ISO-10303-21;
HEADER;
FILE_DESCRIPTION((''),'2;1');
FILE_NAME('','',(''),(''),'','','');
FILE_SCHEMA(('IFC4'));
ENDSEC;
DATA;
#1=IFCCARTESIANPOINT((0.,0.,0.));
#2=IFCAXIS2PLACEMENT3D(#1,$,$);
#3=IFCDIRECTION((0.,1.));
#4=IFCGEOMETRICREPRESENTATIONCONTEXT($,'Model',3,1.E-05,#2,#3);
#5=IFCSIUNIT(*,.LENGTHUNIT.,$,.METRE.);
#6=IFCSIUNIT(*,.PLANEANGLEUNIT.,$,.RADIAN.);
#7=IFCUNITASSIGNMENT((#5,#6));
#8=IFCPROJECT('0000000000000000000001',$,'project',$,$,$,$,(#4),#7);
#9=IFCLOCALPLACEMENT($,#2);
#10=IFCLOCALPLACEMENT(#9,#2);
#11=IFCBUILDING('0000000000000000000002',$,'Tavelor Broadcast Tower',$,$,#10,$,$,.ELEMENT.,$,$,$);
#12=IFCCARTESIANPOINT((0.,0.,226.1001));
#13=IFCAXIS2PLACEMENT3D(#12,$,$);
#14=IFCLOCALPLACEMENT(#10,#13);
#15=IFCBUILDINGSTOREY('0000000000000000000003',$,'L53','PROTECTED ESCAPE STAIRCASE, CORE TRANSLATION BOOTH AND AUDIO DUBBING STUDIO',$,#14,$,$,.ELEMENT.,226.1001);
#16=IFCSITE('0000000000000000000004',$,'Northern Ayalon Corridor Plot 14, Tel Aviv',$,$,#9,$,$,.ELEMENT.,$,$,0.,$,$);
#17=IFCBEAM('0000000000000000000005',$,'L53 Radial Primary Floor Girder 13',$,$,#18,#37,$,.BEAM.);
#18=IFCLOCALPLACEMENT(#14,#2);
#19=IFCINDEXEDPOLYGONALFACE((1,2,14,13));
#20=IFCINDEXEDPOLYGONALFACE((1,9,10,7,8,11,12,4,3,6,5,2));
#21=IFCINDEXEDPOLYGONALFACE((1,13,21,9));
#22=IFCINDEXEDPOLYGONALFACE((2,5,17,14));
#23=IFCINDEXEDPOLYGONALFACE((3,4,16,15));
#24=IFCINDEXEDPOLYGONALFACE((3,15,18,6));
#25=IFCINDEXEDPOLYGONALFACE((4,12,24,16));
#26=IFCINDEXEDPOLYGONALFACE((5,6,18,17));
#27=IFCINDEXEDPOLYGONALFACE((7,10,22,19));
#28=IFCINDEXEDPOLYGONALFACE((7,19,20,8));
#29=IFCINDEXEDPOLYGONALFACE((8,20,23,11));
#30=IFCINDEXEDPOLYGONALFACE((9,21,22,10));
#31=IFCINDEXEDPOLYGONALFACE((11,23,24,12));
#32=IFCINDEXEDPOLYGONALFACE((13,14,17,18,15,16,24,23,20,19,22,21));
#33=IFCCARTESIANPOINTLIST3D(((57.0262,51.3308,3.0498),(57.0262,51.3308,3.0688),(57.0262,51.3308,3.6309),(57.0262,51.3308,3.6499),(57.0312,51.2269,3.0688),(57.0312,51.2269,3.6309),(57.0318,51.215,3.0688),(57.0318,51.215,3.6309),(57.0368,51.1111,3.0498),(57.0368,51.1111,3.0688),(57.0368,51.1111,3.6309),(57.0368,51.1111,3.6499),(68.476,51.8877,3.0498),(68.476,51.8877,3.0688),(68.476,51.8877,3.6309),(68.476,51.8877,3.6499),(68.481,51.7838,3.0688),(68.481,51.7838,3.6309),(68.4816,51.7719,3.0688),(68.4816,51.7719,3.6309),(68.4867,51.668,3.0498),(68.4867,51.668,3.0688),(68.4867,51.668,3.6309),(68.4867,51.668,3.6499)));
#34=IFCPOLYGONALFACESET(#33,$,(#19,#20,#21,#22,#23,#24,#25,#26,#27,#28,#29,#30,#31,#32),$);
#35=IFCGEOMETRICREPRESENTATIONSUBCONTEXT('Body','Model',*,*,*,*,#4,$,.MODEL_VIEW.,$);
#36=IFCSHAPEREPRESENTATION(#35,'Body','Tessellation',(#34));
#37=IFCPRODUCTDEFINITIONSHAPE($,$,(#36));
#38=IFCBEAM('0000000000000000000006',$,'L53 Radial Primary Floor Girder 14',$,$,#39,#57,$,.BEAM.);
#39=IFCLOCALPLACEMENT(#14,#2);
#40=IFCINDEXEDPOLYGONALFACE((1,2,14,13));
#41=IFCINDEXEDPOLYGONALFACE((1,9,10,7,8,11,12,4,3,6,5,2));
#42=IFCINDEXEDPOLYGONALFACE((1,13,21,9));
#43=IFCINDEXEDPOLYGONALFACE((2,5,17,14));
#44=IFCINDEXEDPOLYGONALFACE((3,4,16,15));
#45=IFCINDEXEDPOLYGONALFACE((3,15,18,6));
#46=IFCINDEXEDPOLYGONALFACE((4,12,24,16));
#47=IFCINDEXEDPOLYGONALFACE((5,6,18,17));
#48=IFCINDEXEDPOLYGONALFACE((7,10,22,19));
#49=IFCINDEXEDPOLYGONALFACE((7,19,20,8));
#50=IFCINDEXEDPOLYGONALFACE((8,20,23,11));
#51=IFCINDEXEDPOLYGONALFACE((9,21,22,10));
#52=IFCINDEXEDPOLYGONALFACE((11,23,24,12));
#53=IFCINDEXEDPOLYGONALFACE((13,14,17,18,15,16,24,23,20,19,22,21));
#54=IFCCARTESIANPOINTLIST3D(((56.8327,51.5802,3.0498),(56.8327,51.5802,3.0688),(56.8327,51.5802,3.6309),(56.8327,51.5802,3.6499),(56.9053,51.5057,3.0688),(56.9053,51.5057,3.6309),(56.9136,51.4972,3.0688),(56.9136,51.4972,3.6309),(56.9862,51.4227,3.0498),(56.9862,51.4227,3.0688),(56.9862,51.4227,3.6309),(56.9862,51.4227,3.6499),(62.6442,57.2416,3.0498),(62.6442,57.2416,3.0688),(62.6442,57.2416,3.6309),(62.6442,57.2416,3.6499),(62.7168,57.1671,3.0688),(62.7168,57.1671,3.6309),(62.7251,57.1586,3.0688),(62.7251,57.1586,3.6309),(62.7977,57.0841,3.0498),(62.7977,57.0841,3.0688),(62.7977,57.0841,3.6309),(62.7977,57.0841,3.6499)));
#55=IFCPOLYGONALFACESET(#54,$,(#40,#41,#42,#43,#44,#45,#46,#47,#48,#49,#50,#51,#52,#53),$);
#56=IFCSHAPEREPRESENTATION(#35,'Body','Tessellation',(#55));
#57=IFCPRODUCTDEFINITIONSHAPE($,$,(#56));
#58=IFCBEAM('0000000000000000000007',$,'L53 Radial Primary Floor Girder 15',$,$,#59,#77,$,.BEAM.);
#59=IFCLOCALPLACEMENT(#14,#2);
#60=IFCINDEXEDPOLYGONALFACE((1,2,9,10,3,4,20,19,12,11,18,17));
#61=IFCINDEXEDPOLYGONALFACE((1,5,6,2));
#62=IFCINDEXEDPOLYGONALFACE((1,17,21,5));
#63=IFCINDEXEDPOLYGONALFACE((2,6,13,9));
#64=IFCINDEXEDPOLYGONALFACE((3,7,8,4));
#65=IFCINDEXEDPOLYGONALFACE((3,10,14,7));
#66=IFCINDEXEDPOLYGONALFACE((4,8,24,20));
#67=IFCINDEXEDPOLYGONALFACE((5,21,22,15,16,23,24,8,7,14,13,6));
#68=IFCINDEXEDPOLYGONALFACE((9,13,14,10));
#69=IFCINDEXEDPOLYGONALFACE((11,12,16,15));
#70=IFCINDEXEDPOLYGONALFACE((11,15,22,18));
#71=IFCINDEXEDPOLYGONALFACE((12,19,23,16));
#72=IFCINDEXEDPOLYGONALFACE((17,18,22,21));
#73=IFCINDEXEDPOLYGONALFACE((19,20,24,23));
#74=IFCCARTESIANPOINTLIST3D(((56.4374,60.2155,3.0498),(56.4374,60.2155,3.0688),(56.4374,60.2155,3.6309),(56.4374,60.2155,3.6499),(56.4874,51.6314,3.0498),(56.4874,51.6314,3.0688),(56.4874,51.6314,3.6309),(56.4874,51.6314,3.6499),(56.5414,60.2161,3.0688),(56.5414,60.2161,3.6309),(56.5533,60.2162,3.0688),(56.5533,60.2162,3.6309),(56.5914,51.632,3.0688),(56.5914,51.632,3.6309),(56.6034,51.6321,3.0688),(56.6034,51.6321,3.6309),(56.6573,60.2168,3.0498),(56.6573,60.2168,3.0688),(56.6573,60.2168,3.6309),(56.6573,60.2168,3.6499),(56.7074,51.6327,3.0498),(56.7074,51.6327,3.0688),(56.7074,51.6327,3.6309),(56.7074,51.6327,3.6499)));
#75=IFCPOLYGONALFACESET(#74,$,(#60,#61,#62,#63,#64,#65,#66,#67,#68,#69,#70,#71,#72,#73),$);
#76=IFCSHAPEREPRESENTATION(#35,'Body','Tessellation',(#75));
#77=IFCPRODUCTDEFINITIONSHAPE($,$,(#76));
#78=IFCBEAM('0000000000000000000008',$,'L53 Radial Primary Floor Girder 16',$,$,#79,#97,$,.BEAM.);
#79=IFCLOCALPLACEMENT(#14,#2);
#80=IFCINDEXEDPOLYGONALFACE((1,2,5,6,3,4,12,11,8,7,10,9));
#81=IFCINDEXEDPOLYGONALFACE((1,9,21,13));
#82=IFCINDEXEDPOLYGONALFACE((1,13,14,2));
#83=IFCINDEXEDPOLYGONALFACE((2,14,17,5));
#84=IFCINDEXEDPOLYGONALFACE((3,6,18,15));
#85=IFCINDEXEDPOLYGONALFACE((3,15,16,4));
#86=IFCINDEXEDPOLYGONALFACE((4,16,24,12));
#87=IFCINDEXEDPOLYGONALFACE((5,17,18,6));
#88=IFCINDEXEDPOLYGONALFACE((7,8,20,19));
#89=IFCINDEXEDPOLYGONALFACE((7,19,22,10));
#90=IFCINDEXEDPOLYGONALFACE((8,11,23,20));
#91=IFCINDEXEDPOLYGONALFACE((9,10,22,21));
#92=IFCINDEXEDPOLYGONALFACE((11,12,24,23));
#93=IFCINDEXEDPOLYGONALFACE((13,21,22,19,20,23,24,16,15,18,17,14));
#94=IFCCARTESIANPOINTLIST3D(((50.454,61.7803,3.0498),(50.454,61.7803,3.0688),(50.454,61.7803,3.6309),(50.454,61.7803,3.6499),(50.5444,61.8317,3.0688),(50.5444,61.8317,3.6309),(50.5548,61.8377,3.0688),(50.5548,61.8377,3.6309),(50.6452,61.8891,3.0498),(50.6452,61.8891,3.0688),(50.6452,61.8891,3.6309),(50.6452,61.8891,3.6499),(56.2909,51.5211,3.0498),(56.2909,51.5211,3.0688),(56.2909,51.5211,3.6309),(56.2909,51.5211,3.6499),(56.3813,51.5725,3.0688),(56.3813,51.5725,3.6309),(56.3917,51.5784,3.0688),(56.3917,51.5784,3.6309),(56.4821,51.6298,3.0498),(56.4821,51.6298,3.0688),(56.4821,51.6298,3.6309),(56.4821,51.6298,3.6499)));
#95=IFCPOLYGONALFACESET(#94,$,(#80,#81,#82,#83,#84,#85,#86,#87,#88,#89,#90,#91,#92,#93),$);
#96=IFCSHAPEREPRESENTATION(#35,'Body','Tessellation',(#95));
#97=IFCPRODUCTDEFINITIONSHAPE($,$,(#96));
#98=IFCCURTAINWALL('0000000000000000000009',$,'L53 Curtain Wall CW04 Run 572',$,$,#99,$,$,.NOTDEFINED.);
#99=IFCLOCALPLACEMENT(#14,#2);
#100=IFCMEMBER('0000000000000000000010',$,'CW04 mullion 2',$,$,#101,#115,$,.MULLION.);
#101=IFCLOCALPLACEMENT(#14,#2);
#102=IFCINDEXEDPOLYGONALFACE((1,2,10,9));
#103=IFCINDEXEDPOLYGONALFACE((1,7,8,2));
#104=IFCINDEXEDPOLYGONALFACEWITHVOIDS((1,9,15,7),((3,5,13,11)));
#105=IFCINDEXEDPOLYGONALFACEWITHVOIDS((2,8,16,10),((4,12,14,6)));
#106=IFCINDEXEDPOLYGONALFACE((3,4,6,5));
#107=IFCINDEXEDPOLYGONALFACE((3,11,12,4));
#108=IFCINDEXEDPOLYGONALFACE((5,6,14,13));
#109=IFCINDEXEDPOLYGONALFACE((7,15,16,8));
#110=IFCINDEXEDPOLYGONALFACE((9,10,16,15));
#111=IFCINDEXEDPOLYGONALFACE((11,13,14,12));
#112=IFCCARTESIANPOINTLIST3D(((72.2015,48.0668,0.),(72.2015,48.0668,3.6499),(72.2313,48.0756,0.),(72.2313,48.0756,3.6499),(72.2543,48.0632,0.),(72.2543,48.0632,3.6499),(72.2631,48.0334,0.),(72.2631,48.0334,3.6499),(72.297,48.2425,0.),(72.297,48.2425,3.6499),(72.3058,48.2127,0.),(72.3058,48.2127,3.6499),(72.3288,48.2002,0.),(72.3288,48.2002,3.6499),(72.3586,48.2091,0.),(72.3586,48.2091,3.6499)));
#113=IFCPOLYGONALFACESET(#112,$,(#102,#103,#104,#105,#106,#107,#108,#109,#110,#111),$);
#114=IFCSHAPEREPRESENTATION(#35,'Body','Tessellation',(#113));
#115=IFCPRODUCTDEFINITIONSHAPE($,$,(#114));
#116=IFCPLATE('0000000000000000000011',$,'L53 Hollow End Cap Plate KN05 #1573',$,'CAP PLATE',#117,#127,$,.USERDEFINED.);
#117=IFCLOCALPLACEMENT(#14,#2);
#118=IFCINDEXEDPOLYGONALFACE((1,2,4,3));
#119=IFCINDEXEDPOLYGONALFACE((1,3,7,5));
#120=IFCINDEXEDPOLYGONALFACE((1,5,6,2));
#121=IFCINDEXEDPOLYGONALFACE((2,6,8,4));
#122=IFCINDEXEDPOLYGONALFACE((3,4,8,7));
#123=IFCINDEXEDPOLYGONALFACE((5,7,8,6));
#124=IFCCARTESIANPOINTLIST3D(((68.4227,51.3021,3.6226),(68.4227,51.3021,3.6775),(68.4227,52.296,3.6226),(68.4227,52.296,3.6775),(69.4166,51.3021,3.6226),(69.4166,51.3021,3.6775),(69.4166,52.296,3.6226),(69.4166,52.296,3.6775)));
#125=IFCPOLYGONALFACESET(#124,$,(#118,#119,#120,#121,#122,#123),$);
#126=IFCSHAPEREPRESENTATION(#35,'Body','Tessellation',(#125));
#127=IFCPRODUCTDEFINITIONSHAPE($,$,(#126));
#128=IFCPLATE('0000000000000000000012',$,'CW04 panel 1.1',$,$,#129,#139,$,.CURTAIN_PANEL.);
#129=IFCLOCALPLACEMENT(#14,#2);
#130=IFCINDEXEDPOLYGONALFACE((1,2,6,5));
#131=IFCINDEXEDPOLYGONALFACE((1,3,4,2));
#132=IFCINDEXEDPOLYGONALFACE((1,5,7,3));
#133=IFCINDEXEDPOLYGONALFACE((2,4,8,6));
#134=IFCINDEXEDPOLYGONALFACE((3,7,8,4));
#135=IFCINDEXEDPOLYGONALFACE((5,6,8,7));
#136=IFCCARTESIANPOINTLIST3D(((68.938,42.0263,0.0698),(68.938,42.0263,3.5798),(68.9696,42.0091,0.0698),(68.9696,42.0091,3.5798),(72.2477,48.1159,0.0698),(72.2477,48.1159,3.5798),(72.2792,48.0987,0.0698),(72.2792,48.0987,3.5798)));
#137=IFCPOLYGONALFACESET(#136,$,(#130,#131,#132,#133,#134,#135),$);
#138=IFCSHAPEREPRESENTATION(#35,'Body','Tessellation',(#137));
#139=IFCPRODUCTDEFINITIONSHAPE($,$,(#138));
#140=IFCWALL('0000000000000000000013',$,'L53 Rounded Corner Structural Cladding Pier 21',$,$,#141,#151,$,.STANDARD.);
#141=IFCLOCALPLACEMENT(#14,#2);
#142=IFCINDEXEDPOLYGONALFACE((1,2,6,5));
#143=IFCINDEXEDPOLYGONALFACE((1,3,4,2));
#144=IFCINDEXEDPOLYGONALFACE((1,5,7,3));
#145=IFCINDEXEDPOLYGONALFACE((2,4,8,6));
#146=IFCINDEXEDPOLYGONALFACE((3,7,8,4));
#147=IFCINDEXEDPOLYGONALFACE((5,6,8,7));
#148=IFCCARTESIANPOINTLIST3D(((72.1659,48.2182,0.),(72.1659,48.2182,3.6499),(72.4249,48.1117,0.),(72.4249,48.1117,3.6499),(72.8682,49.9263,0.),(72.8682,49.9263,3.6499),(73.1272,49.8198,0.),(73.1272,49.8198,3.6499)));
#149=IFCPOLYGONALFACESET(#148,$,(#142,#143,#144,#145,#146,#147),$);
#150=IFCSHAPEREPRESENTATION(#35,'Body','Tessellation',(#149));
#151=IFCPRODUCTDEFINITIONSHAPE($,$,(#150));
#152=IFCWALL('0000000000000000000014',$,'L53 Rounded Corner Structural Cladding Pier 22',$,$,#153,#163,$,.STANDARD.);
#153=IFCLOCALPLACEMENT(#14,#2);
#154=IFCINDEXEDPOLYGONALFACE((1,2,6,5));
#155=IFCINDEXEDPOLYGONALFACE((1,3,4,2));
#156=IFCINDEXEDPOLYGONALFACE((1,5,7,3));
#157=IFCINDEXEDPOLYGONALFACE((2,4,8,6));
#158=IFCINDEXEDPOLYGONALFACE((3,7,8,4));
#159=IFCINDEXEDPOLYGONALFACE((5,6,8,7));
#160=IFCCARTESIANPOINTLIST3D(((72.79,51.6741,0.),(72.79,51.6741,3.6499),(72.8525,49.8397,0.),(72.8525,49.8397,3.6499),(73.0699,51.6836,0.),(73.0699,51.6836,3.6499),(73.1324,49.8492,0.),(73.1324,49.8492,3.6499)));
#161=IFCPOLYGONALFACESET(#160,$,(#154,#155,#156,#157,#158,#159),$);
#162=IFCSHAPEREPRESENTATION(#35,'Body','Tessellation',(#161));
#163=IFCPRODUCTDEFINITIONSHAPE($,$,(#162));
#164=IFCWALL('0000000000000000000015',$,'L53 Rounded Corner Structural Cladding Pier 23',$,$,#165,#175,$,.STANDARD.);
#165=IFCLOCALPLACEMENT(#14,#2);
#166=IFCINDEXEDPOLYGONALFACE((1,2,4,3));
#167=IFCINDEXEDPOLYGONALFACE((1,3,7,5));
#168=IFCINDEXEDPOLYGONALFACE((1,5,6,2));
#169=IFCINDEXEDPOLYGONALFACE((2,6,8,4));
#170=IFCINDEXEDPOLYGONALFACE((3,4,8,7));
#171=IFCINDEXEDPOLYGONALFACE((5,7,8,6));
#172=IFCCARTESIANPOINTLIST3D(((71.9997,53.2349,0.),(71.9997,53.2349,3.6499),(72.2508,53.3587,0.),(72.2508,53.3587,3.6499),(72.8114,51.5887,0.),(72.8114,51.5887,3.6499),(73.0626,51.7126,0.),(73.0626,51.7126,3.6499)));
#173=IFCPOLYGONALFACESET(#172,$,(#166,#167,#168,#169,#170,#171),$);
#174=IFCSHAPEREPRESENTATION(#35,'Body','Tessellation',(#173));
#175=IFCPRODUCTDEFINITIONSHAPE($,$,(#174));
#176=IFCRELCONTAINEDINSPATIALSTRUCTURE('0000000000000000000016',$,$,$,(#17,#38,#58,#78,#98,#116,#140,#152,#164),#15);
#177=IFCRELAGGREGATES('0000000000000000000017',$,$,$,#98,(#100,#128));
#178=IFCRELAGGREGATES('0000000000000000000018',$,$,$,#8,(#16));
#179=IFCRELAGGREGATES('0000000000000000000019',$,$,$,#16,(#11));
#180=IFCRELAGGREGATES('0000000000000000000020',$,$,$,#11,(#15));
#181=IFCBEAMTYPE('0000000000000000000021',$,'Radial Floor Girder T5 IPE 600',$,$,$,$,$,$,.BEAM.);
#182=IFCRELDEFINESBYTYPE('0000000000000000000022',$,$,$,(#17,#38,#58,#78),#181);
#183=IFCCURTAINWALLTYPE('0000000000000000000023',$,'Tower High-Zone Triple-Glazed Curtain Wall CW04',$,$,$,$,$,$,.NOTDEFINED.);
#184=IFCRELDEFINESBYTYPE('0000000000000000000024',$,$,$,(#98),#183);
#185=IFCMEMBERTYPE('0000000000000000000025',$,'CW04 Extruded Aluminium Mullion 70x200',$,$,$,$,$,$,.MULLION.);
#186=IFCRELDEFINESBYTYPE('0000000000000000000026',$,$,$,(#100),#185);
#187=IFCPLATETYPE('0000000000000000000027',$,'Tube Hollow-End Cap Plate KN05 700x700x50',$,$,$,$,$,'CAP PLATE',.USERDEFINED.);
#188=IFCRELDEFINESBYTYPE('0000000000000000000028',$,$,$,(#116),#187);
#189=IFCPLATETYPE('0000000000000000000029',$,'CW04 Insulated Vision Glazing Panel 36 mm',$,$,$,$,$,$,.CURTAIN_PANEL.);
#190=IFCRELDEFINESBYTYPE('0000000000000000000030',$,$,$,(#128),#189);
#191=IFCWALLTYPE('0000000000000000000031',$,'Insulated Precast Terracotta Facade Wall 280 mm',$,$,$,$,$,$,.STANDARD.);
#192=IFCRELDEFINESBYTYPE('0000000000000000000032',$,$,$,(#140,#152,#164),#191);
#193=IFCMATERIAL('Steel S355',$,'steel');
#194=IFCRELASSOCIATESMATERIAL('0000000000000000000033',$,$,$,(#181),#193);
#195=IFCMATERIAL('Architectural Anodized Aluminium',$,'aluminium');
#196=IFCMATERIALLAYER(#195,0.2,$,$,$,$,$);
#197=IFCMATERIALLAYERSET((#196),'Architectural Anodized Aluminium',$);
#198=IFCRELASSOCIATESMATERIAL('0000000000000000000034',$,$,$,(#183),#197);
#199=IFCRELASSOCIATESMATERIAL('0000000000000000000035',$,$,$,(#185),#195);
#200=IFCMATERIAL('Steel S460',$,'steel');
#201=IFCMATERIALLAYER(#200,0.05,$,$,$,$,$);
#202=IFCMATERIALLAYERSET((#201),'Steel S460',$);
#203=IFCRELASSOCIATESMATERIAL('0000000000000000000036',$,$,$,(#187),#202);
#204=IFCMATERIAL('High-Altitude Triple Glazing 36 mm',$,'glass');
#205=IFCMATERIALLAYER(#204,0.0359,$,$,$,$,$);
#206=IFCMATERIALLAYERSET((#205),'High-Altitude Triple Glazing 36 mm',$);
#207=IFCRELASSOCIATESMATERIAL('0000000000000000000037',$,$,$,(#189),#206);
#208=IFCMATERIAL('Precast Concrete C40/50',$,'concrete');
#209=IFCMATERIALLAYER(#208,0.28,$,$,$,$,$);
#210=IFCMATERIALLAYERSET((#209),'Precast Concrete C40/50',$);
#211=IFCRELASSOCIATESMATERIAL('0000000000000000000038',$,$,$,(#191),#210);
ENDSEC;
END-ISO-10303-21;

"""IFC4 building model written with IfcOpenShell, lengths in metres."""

from ifc_helpers import new_model, si_unit, direction, frame, frame_2d, origin, origin_2d, place, context, subcontext, project, spatial, rectangle, hollow_rectangle, i_section, extrude, source, transform, mapped, material, layer, layer_set, material_profile, profile_set, type_object, type_shapes, element, aggregate, save


model = new_model("IFC4")

# Units and contexts
model_context = context("Model", 3, precision=1e-05, world=origin(), true_north=direction((0.0, 1.0)))
body_context = subcontext(model_context, "Body", "Model", "MODEL_VIEW")
ifc_project = project(units=[si_unit("LENGTHUNIT", "METRE"), si_unit("PLANEANGLEUNIT", "RADIAN")], contexts=[model_context])

# Site, building, storey
site_placement = place(None, origin())
site = spatial("IfcSite", under=ifc_project, at=site_placement, Name="Northern Ayalon Corridor Plot 14, Tel Aviv", CompositionType="ELEMENT", RefElevation=0.0)
building_placement = place(site_placement, origin())
building = spatial("IfcBuilding", under=site, at=building_placement, Name="Tavelor Broadcast Tower", CompositionType="ELEMENT")
storey_placement = place(building_placement, frame((0.0, 0.0, 226.1001)))
storey = spatial("IfcBuildingStorey", under=building, at=storey_placement, Name="L53", Description="PROTECTED ESCAPE STAIRCASE, CORE TRANSLATION BOOTH AND AUDIO DUBBING STUDIO", CompositionType="ELEMENT", Elevation=226.1001)

# Shared definitions
ifc_material_1 = material(Name="Steel S460", Category="steel")

# Shared definitions
ifc_material_2 = material(Name="Steel S355", Category="steel")

# Beams
ifc_material_profile_1 = material_profile(ifc_material_2, i_section(OverallWidth=0.22, OverallDepth=0.6001, WebThickness=0.012, FlangeThickness=0.019, at=origin_2d()), Name="IPE 600")
ifc_profile_set_1 = profile_set([ifc_material_profile_1], Name="Steel S355")
beam_type_1 = type_object("IfcBeamType", Name="Radial Floor Girder T5 IPE 600", PredefinedType="BEAM", material=ifc_profile_set_1)
beam_1_placement = place(storey_placement, frame((57.0315, 51.2209, 3.3499), z_axis=(0.998819, 0.048579, 0.0), x_axis=(-0.048579, 0.998819, 0.0)))
element("IfcBeam", 1, at=beam_1_placement, inside=storey, type_object=beam_type_1, Name="L53 Radial Primary Floor Girder 13", PredefinedType="BEAM", context=body_context, shape_type="SweptSolid", body=[
    extrude(i_section(OverallWidth=0.22, OverallDepth=0.6001, WebThickness=0.012, FlangeThickness=0.019, at=origin_2d()), origin(), (0.0, 0.0, 1.0), 11.4634),
])
beam_2_placement = place(storey_placement, frame((56.9094, 51.5015, 3.3499), z_axis=(0.716299, 0.697793, 0.0), x_axis=(-0.697793, 0.716299, 0.0)))
element("IfcBeam", 2, at=beam_2_placement, inside=storey, type_object=beam_type_1, Name="L53 Radial Primary Floor Girder 14", PredefinedType="BEAM", context=body_context, shape_type="SweptSolid", body=[
    extrude(i_section(OverallWidth=0.22, OverallDepth=0.6001, WebThickness=0.012, FlangeThickness=0.019, at=origin_2d()), origin(), (0.0, 0.0, 1.0), 8.1133),
])
beam_3_placement = place(storey_placement, frame((56.5974, 51.6321, 3.3499), z_axis=(-0.00583, 0.999983, 0.0), x_axis=(-0.999983, -0.00583, 0.0)))
element("IfcBeam", 3, at=beam_3_placement, inside=storey, type_object=beam_type_1, Name="L53 Radial Primary Floor Girder 15", PredefinedType="BEAM", context=body_context, shape_type="SweptSolid", body=[
    extrude(i_section(OverallWidth=0.22, OverallDepth=0.6001, WebThickness=0.012, FlangeThickness=0.019, at=origin_2d()), origin(), (0.0, 0.0, 1.0), 8.5842),
])
beam_4_placement = place(storey_placement, frame((56.3865, 51.5754, 3.3499), z_axis=(-0.494508, 0.869173, 0.0), x_axis=(-0.869173, -0.494508, 0.0)))
element("IfcBeam", 4, at=beam_4_placement, inside=storey, type_object=beam_type_1, Name="L53 Radial Primary Floor Girder 16", PredefinedType="BEAM", context=body_context, shape_type="SweptSolid", body=[
    extrude(i_section(OverallWidth=0.22, OverallDepth=0.6001, WebThickness=0.012, FlangeThickness=0.019, at=origin_2d()), origin(), (0.0, 0.0, 1.0), 11.8035),
])

# Curtain wall, member
ifc_material_3 = material(Name="Architectural Anodized Aluminium", Category="aluminium")
ifc_layer_1 = layer(ifc_material_3, 0.2)
ifc_layer_set_1 = layer_set([ifc_layer_1], Name="Architectural Anodized Aluminium")
curtain_wall_type = type_object("IfcCurtainWallType", Name="Tower High-Zone Triple-Glazed Curtain Wall CW04", PredefinedType="NOTDEFINED", material=ifc_layer_set_1)
curtain_wall_placement = place(storey_placement, origin())
curtain_wall = element("IfcCurtainWall", 5, at=curtain_wall_placement, inside=storey, type_object=curtain_wall_type, Name="L53 Curtain Wall CW04 Run 572", PredefinedType="NOTDEFINED")
ifc_material_profile_2 = material_profile(ifc_material_3, hollow_rectangle(XDim=0.0701, YDim=0.2, WallThickness=0.022, at=origin_2d()), Name="RHS 70x200x22")
ifc_profile_set_2 = profile_set([ifc_material_profile_2], Name="Architectural Anodized Aluminium")
member_type_1 = type_object("IfcMemberType", Name="CW04 Extruded Aluminium Mullion 70x200", PredefinedType="MULLION", material=ifc_profile_set_2)
shared_shape_1 = source(origin(), body_context, "Body", "SweptSolid", [
    extrude(hollow_rectangle(XDim=0.0701, YDim=0.2, WallThickness=0.022, at=origin_2d()), origin(), (0.0, 0.0, 1.0), 3.6499),
])
type_shapes(member_type_1, [shared_shape_1])
member_1_placement = place(storey_placement, frame((72.28, 48.1379, 0.0), z_axis=(0.0, 0.0, 1.0), x_axis=(-0.878619, 0.477523, 0.0)))
member_1 = element("IfcMember", 6, at=member_1_placement, type_object=member_type_1, Name="CW04 mullion 2", PredefinedType="MULLION", context=body_context, shape_type="MappedRepresentation", body=[
    mapped(shared_shape_1, transform((0.0, 0.0, 0.0), scale=1.0)),
])

# Plates
ifc_layer_2 = layer(ifc_material_1, 0.05)
ifc_layer_set_2 = layer_set([ifc_layer_2], Name="Steel S460")
plate_type_1 = type_object("IfcPlateType", Name="Tube Hollow-End Cap Plate KN05 700x700x50", ElementType="CAP PLATE", PredefinedType="USERDEFINED", material=ifc_layer_set_2)
shared_shape_2 = source(origin(), body_context, "Body", "SweptSolid", [
    extrude(rectangle(XDim=0.9939, YDim=0.9939, at=origin_2d()), origin(), (0.0, 0.0, 1.0), 0.0549),
])
type_shapes(plate_type_1, [shared_shape_2])
plate_1_placement = place(storey_placement, frame((68.9197, 51.7991, 3.6226), z_axis=(0.0, 0.0, 1.0), x_axis=(1.0, 0.0, 0.0)))
element("IfcPlate", 7, at=plate_1_placement, inside=storey, type_object=plate_type_1, Name="L53 Hollow End Cap Plate KN05 #1573", ObjectType="CAP PLATE", PredefinedType="USERDEFINED", context=body_context, shape_type="MappedRepresentation", body=[
    mapped(shared_shape_2, transform((0.0, 0.0, 0.0), scale=1.0)),
])
ifc_material_4 = material(Name="High-Altitude Triple Glazing 36 mm", Category="glass")
ifc_layer_3 = layer(ifc_material_4, 0.0359)
ifc_layer_set_3 = layer_set([ifc_layer_3], Name="High-Altitude Triple Glazing 36 mm")
plate_type_2 = type_object("IfcPlateType", Name="CW04 Insulated Vision Glazing Panel 36 mm", PredefinedType="CURTAIN_PANEL", material=ifc_layer_set_3)
shared_shape_3 = source(origin(), body_context, "Body", "SweptSolid", [
    extrude(rectangle(XDim=6.9309, YDim=0.0359, at=origin_2d()), origin(), (0.0, 0.0, 1.0), 3.51),
])
type_shapes(plate_type_2, [shared_shape_3])
plate_2_placement = place(storey_placement, frame((70.6086, 45.0625, 0.0698), z_axis=(0.0, 0.0, 1.0), x_axis=(0.477523, 0.878619, 0.0)))
plate_2 = element("IfcPlate", 8, at=plate_2_placement, type_object=plate_type_2, Name="CW04 panel 1.1", PredefinedType="CURTAIN_PANEL", context=body_context, shape_type="MappedRepresentation", body=[
    mapped(shared_shape_3, transform((0.0, 0.0, 0.0), scale=1.0)),
])
aggregate(curtain_wall, [member_1, plate_2])

# Walls
ifc_material_5 = material(Name="Precast Concrete C40/50", Category="concrete")
ifc_layer_4 = layer(ifc_material_5, 0.28)
ifc_layer_set_4 = layer_set([ifc_layer_4], Name="Precast Concrete C40/50")
wall_type_1 = type_object("IfcWallType", Name="Insulated Precast Terracotta Facade Wall 280 mm", PredefinedType="STANDARD", material=ifc_layer_set_4)
wall_1_placement = place(storey_placement, frame((72.2954, 48.165, 0.0), z_axis=(0.0, 0.0, 1.0), x_axis=(0.380284, 0.92487, 0.0)))
element("IfcWall", 9, at=wall_1_placement, inside=storey, type_object=wall_type_1, Name="L53 Rounded Corner Structural Cladding Pier 21", PredefinedType="STANDARD", context=body_context, shape_type="SweptSolid", body=[
    extrude(rectangle(XDim=1.8469, YDim=0.28, at=frame_2d((0.9233, 0.0))), origin(), (0.0, 0.0, 1.0), 3.6499),
])
for number, where, z_axis, x_axis, name in (
    (10, (72.9924, 49.8445, 0.0), (0.0, 0.0, 1.0), (-0.03405, 0.99942, 0.0), "L53 Rounded Corner Structural Cladding Pier 22"),
    (11, (72.937, 51.6506, 0.0), (0.0, 0.0, 1.0), (-0.442259, 0.896887, 0.0), "L53 Rounded Corner Structural Cladding Pier 23"),
):
    element("IfcWall", number, at=place(storey_placement, frame(where, z_axis=z_axis, x_axis=x_axis)), inside=storey, type_object=wall_type_1, Name=name, PredefinedType="STANDARD", context=body_context, shape_type="SweptSolid", body=[
        extrude(rectangle(XDim=1.8354, YDim=0.28, at=frame_2d((0.9177, 0.0))), origin(), (0.0, 0.0, 1.0), 3.6499),
    ])

save(model, "model.ifc")
